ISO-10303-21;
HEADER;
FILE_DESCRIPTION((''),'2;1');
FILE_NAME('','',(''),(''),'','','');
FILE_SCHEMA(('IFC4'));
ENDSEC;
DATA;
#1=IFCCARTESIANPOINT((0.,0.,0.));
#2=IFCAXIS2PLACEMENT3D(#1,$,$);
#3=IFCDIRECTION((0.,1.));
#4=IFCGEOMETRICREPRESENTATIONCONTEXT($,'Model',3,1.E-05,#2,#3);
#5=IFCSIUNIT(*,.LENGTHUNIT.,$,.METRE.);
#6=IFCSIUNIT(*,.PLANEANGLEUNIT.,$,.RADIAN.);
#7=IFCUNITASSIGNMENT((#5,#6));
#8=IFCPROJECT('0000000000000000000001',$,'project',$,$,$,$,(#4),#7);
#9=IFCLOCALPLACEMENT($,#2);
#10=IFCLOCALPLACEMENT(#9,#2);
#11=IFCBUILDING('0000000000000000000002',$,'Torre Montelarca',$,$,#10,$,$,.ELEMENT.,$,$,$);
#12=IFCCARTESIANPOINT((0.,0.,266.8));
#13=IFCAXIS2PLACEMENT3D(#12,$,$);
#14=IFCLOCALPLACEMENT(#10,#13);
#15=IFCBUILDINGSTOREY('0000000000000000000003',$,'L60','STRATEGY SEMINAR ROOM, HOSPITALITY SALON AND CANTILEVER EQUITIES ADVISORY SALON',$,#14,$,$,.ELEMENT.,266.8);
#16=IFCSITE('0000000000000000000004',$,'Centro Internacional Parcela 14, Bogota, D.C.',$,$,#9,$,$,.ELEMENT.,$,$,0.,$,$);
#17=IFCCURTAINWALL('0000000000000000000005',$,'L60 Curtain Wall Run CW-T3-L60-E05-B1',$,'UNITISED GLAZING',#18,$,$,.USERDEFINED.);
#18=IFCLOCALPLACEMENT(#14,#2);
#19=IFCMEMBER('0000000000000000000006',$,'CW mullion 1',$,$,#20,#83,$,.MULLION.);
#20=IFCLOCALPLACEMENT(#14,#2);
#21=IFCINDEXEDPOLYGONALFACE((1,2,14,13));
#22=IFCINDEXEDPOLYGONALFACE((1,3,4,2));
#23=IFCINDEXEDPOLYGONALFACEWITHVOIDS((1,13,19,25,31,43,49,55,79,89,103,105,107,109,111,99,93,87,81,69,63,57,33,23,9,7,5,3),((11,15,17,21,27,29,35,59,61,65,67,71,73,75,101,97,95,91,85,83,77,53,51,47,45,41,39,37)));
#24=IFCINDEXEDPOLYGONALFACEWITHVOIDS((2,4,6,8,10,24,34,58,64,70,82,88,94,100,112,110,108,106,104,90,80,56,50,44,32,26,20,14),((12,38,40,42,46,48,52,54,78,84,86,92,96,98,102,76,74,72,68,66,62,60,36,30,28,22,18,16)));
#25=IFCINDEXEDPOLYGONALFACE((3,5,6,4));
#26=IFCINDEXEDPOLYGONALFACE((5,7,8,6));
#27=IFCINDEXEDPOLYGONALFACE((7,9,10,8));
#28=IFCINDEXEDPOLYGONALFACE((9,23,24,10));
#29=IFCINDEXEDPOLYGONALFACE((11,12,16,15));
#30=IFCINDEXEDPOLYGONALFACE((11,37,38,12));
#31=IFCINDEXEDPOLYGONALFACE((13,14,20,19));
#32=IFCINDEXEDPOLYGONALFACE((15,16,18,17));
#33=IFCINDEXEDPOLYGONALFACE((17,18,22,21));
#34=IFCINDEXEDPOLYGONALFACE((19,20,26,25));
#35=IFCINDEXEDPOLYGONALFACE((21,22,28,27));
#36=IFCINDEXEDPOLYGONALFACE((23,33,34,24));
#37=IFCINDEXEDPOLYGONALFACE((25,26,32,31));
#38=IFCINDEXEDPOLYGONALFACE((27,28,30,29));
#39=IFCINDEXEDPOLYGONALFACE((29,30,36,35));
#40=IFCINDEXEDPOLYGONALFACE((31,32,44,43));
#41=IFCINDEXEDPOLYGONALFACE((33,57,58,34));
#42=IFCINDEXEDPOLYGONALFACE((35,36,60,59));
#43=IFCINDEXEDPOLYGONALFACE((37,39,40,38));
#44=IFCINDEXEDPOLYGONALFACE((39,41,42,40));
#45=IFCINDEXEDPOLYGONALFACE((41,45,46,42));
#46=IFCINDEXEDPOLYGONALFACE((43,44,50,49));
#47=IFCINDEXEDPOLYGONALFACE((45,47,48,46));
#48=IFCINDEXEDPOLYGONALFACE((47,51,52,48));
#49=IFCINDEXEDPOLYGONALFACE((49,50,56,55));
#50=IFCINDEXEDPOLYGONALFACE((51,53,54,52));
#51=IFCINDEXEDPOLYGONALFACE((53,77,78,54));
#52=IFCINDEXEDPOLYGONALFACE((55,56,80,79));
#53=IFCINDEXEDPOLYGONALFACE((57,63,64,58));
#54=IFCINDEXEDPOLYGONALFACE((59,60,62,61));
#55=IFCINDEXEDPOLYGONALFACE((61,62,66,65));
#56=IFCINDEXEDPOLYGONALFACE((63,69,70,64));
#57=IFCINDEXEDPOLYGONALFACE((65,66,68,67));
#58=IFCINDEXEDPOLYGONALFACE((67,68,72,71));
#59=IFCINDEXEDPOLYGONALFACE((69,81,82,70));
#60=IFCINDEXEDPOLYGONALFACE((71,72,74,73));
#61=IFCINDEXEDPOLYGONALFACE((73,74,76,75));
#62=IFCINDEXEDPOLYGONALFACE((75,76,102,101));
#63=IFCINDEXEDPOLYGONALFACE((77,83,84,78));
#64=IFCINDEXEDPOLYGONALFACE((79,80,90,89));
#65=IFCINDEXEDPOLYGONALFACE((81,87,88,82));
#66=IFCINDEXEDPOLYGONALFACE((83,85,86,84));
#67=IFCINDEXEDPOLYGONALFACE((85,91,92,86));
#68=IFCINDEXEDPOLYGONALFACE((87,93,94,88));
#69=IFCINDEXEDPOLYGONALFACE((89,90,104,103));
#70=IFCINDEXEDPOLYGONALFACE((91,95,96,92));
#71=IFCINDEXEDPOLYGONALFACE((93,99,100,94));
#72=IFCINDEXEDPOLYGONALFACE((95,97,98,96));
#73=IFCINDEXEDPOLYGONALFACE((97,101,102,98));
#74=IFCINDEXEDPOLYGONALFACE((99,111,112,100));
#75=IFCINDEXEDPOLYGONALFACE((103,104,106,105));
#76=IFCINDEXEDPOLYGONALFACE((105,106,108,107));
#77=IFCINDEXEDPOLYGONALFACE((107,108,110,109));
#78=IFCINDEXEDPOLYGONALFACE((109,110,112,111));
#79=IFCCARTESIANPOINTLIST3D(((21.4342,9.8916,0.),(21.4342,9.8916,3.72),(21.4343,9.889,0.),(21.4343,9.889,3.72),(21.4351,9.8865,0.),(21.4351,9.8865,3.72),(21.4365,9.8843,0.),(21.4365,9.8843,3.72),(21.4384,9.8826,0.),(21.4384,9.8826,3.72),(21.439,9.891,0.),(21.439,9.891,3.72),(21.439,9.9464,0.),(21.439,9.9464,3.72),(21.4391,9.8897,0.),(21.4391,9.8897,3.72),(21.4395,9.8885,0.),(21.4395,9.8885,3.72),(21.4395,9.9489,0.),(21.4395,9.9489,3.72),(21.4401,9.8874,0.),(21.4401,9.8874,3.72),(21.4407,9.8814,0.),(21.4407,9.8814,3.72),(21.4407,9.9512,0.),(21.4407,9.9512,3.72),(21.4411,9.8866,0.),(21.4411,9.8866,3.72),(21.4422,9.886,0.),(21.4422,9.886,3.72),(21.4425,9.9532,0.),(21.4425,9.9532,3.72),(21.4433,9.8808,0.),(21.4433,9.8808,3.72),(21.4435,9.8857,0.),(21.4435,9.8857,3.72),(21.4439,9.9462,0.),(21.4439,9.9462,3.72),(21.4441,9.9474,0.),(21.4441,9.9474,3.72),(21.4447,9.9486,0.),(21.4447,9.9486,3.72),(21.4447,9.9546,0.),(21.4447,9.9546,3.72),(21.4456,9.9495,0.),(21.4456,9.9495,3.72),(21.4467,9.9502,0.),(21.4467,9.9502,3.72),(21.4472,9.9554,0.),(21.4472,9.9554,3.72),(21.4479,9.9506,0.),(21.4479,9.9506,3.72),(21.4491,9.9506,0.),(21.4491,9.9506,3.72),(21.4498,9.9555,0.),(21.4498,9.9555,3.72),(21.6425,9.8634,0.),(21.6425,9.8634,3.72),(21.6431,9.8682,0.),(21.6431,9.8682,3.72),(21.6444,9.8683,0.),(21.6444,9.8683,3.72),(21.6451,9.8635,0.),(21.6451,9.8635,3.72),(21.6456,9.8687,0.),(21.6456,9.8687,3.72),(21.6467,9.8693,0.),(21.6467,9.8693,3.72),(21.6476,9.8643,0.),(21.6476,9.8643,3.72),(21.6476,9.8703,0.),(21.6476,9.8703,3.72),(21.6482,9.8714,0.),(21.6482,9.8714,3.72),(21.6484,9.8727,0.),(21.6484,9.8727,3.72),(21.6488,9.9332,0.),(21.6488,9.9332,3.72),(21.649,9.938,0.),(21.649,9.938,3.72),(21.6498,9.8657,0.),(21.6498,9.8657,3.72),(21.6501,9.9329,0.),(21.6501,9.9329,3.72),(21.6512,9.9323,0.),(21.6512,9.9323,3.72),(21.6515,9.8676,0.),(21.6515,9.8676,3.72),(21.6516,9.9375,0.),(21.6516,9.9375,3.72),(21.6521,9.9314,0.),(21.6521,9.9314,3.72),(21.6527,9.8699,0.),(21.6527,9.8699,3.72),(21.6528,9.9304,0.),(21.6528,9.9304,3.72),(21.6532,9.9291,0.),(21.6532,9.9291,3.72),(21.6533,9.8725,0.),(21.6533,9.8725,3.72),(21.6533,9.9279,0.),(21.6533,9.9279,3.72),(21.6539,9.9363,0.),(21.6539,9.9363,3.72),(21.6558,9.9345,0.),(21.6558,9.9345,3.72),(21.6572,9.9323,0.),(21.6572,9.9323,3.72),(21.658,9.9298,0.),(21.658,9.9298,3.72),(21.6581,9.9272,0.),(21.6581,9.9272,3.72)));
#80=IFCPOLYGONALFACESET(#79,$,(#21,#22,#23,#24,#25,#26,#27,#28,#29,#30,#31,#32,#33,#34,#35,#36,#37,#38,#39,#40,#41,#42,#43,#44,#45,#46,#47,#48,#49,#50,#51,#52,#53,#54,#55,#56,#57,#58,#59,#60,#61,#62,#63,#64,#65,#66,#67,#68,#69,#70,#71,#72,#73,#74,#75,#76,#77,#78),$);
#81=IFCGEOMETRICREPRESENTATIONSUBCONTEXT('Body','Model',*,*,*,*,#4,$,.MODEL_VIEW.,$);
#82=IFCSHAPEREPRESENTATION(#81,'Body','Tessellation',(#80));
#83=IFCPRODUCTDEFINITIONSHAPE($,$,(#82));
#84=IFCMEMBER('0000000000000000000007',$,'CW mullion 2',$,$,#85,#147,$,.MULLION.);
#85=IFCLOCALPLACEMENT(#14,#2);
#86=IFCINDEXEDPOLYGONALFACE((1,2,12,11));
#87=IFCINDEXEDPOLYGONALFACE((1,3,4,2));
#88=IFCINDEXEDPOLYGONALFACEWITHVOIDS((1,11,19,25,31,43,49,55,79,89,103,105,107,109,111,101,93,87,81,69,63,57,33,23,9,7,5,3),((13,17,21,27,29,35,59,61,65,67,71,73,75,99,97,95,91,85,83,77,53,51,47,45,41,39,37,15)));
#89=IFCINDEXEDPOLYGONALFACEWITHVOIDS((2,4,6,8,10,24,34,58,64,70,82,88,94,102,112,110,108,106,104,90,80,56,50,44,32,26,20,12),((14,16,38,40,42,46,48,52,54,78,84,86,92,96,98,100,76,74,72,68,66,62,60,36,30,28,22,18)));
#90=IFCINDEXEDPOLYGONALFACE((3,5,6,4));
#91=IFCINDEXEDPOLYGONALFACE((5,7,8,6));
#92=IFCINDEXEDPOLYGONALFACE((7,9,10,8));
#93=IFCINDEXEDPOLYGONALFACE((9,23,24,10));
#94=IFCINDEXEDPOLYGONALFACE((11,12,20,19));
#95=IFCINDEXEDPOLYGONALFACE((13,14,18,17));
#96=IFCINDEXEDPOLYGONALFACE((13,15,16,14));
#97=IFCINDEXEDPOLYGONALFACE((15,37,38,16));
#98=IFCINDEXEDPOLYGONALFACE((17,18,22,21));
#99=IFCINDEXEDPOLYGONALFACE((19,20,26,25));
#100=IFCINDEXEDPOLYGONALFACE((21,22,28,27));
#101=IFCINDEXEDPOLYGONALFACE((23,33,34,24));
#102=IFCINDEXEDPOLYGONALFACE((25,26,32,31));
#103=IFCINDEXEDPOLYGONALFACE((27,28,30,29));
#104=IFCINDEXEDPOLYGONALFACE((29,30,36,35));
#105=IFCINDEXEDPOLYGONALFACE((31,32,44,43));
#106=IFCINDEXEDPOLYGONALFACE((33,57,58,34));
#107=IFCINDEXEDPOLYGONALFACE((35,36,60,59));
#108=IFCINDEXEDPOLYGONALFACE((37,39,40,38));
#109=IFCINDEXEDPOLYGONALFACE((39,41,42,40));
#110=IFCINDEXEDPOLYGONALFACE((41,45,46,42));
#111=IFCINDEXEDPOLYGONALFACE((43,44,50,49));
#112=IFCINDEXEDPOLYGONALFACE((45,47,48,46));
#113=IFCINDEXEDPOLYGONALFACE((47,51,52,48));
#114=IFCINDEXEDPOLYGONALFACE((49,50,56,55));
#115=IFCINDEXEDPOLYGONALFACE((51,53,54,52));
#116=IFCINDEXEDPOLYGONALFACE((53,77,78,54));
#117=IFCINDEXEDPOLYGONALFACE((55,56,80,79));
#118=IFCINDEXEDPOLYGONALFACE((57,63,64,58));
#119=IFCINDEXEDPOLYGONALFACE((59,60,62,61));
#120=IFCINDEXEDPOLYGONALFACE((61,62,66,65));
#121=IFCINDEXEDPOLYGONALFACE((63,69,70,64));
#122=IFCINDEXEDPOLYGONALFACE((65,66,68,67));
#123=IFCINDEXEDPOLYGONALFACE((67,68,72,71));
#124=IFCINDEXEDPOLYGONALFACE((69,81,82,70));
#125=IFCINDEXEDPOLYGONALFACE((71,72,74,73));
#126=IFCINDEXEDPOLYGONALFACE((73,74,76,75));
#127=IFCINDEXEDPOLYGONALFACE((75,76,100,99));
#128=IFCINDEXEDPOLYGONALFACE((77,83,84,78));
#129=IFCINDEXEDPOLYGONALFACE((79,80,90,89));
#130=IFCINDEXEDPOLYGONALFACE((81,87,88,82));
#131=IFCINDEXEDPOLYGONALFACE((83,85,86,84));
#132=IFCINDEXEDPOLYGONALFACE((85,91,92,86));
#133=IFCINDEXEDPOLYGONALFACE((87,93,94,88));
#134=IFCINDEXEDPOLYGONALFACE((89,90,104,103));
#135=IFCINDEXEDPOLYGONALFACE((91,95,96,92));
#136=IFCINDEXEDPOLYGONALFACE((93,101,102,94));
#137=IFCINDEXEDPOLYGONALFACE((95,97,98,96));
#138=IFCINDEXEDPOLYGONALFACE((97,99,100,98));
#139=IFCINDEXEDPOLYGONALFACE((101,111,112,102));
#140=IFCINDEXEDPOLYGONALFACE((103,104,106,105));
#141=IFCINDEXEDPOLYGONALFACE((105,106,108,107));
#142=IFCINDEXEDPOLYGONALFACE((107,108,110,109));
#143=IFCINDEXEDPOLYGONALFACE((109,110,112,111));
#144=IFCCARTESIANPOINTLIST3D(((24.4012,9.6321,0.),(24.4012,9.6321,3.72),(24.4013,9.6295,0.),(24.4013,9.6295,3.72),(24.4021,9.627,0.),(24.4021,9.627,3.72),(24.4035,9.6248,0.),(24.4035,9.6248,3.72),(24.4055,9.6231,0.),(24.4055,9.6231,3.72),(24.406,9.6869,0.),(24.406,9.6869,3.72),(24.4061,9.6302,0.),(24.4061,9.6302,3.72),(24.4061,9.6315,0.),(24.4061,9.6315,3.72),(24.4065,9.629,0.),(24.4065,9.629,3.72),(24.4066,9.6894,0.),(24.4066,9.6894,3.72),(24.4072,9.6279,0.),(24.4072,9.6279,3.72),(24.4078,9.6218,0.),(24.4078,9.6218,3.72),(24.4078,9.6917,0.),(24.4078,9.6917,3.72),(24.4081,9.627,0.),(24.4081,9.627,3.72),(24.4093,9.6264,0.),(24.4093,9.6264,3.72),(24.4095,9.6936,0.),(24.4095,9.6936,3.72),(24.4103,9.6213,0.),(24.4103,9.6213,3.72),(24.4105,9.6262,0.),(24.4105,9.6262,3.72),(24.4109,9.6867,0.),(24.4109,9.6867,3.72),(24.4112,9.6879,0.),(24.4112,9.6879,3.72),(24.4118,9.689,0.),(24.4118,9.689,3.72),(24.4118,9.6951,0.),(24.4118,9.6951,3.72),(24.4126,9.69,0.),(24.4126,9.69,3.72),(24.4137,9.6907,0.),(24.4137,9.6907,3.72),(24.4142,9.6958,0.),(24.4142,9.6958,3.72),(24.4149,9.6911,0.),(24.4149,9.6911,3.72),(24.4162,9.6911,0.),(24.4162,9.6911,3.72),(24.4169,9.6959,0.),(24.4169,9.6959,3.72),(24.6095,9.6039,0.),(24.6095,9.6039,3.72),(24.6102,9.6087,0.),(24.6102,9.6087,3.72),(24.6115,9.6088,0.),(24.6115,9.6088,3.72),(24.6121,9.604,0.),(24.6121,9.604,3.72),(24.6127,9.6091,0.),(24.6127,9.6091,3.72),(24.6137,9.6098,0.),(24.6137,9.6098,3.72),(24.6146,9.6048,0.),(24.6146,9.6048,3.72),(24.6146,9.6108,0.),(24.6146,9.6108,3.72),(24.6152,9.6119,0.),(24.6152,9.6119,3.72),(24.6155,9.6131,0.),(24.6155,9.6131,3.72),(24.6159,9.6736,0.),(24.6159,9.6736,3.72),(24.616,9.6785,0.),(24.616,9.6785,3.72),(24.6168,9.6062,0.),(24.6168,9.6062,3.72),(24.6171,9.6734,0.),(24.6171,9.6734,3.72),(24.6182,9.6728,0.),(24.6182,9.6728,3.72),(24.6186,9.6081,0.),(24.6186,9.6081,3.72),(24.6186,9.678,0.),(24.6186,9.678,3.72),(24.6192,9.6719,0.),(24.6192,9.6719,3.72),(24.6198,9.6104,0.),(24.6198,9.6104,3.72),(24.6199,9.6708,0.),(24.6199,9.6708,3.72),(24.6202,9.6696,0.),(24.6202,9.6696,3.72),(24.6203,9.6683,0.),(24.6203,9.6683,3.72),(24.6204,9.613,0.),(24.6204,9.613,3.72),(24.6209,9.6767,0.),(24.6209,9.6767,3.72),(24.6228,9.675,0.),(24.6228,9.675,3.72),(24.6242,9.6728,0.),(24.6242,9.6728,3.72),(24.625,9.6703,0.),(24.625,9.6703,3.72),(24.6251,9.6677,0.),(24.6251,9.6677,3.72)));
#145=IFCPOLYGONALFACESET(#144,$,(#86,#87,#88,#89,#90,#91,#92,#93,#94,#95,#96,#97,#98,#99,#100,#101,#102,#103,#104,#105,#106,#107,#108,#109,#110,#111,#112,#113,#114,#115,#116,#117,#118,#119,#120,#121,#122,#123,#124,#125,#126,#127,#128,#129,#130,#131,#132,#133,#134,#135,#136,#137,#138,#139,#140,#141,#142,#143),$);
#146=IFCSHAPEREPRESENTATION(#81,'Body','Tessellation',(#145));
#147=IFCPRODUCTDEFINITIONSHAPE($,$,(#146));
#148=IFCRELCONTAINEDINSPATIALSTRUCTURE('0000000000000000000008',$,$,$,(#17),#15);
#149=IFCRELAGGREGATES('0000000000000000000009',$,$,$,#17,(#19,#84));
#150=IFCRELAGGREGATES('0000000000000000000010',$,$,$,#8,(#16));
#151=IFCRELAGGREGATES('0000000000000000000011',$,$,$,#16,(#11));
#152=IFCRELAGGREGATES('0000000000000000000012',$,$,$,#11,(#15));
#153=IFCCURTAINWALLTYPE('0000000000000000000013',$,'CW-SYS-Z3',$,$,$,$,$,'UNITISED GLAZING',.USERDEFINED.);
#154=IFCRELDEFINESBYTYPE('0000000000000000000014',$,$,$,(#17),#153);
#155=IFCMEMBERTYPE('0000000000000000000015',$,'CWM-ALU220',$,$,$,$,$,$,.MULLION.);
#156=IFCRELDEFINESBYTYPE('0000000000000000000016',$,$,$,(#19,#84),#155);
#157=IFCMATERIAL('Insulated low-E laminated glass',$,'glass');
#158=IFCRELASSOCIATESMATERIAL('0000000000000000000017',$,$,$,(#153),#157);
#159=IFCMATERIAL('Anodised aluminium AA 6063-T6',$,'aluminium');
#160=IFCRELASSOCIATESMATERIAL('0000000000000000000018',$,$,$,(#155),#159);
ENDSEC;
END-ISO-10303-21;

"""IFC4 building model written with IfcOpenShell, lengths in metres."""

from ifc_helpers import new_model, si_unit, direction, frame, origin, origin_2d, place, context, subcontext, project, spatial, hollow_rectangle, extrude, source, transform, mapped, material, material_profile, profile_set, type_object, element, aggregate, save


model = new_model("IFC4")

# Units and contexts
model_context = context("Model", 3, precision=1e-05, world=origin(), true_north=direction((0.0, 1.0)))
body_context = subcontext(model_context, "Body", "Model", "MODEL_VIEW")
ifc_project = project(units=[si_unit("LENGTHUNIT", "METRE"), si_unit("PLANEANGLEUNIT", "RADIAN")], contexts=[model_context])

# Site, building, storey
site_placement = place(None, origin())
site = spatial("IfcSite", under=ifc_project, at=site_placement, Name="Centro Internacional Parcela 14, Bogota, D.C.", CompositionType="ELEMENT", RefElevation=0.0)
building_placement = place(site_placement, origin())
building = spatial("IfcBuilding", under=site, at=building_placement, Name="Torre Montelarca", CompositionType="ELEMENT")
storey_placement = place(building_placement, frame((0.0, 0.0, 266.8)))
storey = spatial("IfcBuildingStorey", under=building, at=storey_placement, Name="L60", Description="STRATEGY SEMINAR ROOM, HOSPITALITY SALON AND CANTILEVER EQUITIES ADVISORY SALON", CompositionType="ELEMENT", Elevation=266.8)

# Curtain wall, members
ifc_material_1 = material(Name="Insulated low-E laminated glass", Category="glass")
curtain_wall_type = type_object("IfcCurtainWallType", Name="CW-SYS-Z3", ElementType="UNITISED GLAZING", PredefinedType="USERDEFINED", material=ifc_material_1)
curtain_wall_placement = place(storey_placement, origin())
curtain_wall = element("IfcCurtainWall", 1, at=curtain_wall_placement, inside=storey, type_object=curtain_wall_type, Name="L60 Curtain Wall Run CW-T3-L60-E05-B1", ObjectType="UNITISED GLAZING", PredefinedType="USERDEFINED")
ifc_material_2 = material(Name="Anodised aluminium AA 6063-T6", Category="aluminium")
ifc_material_profile_1 = material_profile(ifc_material_2, hollow_rectangle(XDim=0.075, YDim=0.22, WallThickness=0.0049, InnerFilletRadius=0.0049, OuterFilletRadius=0.01, at=origin_2d()), Name="ALU75X220X5", Category="aluminium")
ifc_profile_set_1 = profile_set([ifc_material_profile_1], Name="Anodised aluminium AA 6063-T6")
member_type_1 = type_object("IfcMemberType", Name="CWM-ALU220", PredefinedType="MULLION", material=ifc_profile_set_1)
shared_shape_1 = source(origin(), body_context, "Body", "SweptSolid", [
    extrude(hollow_rectangle(XDim=0.075, YDim=0.22, WallThickness=0.0049, InnerFilletRadius=0.0049, OuterFilletRadius=0.01, at=origin_2d()), origin(), (0.0, 0.0, 1.0), 3.72),
])
member_1_placement = place(storey_placement, frame((21.5461, 9.9094, 0.0), z_axis=(0.0, 0.0, 1.0), x_axis=(0.087166, 0.996194, 0.0)))
member_1 = element("IfcMember", 2, at=member_1_placement, type_object=member_type_1, Name="CW mullion 1", PredefinedType="MULLION", context=body_context, shape_type="MappedRepresentation", body=[
    mapped(shared_shape_1, transform((0.0, 0.0, 0.0), scale=1.0)),
])
member_2_placement = place(storey_placement, frame((24.5132, 9.6499, 0.0), z_axis=(0.0, 0.0, 1.0), x_axis=(0.087166, 0.996194, 0.0)))
member_2 = element("IfcMember", 3, at=member_2_placement, type_object=member_type_1, Name="CW mullion 2", PredefinedType="MULLION", context=body_context, shape_type="MappedRepresentation", body=[
    mapped(shared_shape_1, transform((0.0, 0.0, 0.0), scale=1.0)),
])
aggregate(curtain_wall, [member_1, member_2])

save(model, "model.ifc")
